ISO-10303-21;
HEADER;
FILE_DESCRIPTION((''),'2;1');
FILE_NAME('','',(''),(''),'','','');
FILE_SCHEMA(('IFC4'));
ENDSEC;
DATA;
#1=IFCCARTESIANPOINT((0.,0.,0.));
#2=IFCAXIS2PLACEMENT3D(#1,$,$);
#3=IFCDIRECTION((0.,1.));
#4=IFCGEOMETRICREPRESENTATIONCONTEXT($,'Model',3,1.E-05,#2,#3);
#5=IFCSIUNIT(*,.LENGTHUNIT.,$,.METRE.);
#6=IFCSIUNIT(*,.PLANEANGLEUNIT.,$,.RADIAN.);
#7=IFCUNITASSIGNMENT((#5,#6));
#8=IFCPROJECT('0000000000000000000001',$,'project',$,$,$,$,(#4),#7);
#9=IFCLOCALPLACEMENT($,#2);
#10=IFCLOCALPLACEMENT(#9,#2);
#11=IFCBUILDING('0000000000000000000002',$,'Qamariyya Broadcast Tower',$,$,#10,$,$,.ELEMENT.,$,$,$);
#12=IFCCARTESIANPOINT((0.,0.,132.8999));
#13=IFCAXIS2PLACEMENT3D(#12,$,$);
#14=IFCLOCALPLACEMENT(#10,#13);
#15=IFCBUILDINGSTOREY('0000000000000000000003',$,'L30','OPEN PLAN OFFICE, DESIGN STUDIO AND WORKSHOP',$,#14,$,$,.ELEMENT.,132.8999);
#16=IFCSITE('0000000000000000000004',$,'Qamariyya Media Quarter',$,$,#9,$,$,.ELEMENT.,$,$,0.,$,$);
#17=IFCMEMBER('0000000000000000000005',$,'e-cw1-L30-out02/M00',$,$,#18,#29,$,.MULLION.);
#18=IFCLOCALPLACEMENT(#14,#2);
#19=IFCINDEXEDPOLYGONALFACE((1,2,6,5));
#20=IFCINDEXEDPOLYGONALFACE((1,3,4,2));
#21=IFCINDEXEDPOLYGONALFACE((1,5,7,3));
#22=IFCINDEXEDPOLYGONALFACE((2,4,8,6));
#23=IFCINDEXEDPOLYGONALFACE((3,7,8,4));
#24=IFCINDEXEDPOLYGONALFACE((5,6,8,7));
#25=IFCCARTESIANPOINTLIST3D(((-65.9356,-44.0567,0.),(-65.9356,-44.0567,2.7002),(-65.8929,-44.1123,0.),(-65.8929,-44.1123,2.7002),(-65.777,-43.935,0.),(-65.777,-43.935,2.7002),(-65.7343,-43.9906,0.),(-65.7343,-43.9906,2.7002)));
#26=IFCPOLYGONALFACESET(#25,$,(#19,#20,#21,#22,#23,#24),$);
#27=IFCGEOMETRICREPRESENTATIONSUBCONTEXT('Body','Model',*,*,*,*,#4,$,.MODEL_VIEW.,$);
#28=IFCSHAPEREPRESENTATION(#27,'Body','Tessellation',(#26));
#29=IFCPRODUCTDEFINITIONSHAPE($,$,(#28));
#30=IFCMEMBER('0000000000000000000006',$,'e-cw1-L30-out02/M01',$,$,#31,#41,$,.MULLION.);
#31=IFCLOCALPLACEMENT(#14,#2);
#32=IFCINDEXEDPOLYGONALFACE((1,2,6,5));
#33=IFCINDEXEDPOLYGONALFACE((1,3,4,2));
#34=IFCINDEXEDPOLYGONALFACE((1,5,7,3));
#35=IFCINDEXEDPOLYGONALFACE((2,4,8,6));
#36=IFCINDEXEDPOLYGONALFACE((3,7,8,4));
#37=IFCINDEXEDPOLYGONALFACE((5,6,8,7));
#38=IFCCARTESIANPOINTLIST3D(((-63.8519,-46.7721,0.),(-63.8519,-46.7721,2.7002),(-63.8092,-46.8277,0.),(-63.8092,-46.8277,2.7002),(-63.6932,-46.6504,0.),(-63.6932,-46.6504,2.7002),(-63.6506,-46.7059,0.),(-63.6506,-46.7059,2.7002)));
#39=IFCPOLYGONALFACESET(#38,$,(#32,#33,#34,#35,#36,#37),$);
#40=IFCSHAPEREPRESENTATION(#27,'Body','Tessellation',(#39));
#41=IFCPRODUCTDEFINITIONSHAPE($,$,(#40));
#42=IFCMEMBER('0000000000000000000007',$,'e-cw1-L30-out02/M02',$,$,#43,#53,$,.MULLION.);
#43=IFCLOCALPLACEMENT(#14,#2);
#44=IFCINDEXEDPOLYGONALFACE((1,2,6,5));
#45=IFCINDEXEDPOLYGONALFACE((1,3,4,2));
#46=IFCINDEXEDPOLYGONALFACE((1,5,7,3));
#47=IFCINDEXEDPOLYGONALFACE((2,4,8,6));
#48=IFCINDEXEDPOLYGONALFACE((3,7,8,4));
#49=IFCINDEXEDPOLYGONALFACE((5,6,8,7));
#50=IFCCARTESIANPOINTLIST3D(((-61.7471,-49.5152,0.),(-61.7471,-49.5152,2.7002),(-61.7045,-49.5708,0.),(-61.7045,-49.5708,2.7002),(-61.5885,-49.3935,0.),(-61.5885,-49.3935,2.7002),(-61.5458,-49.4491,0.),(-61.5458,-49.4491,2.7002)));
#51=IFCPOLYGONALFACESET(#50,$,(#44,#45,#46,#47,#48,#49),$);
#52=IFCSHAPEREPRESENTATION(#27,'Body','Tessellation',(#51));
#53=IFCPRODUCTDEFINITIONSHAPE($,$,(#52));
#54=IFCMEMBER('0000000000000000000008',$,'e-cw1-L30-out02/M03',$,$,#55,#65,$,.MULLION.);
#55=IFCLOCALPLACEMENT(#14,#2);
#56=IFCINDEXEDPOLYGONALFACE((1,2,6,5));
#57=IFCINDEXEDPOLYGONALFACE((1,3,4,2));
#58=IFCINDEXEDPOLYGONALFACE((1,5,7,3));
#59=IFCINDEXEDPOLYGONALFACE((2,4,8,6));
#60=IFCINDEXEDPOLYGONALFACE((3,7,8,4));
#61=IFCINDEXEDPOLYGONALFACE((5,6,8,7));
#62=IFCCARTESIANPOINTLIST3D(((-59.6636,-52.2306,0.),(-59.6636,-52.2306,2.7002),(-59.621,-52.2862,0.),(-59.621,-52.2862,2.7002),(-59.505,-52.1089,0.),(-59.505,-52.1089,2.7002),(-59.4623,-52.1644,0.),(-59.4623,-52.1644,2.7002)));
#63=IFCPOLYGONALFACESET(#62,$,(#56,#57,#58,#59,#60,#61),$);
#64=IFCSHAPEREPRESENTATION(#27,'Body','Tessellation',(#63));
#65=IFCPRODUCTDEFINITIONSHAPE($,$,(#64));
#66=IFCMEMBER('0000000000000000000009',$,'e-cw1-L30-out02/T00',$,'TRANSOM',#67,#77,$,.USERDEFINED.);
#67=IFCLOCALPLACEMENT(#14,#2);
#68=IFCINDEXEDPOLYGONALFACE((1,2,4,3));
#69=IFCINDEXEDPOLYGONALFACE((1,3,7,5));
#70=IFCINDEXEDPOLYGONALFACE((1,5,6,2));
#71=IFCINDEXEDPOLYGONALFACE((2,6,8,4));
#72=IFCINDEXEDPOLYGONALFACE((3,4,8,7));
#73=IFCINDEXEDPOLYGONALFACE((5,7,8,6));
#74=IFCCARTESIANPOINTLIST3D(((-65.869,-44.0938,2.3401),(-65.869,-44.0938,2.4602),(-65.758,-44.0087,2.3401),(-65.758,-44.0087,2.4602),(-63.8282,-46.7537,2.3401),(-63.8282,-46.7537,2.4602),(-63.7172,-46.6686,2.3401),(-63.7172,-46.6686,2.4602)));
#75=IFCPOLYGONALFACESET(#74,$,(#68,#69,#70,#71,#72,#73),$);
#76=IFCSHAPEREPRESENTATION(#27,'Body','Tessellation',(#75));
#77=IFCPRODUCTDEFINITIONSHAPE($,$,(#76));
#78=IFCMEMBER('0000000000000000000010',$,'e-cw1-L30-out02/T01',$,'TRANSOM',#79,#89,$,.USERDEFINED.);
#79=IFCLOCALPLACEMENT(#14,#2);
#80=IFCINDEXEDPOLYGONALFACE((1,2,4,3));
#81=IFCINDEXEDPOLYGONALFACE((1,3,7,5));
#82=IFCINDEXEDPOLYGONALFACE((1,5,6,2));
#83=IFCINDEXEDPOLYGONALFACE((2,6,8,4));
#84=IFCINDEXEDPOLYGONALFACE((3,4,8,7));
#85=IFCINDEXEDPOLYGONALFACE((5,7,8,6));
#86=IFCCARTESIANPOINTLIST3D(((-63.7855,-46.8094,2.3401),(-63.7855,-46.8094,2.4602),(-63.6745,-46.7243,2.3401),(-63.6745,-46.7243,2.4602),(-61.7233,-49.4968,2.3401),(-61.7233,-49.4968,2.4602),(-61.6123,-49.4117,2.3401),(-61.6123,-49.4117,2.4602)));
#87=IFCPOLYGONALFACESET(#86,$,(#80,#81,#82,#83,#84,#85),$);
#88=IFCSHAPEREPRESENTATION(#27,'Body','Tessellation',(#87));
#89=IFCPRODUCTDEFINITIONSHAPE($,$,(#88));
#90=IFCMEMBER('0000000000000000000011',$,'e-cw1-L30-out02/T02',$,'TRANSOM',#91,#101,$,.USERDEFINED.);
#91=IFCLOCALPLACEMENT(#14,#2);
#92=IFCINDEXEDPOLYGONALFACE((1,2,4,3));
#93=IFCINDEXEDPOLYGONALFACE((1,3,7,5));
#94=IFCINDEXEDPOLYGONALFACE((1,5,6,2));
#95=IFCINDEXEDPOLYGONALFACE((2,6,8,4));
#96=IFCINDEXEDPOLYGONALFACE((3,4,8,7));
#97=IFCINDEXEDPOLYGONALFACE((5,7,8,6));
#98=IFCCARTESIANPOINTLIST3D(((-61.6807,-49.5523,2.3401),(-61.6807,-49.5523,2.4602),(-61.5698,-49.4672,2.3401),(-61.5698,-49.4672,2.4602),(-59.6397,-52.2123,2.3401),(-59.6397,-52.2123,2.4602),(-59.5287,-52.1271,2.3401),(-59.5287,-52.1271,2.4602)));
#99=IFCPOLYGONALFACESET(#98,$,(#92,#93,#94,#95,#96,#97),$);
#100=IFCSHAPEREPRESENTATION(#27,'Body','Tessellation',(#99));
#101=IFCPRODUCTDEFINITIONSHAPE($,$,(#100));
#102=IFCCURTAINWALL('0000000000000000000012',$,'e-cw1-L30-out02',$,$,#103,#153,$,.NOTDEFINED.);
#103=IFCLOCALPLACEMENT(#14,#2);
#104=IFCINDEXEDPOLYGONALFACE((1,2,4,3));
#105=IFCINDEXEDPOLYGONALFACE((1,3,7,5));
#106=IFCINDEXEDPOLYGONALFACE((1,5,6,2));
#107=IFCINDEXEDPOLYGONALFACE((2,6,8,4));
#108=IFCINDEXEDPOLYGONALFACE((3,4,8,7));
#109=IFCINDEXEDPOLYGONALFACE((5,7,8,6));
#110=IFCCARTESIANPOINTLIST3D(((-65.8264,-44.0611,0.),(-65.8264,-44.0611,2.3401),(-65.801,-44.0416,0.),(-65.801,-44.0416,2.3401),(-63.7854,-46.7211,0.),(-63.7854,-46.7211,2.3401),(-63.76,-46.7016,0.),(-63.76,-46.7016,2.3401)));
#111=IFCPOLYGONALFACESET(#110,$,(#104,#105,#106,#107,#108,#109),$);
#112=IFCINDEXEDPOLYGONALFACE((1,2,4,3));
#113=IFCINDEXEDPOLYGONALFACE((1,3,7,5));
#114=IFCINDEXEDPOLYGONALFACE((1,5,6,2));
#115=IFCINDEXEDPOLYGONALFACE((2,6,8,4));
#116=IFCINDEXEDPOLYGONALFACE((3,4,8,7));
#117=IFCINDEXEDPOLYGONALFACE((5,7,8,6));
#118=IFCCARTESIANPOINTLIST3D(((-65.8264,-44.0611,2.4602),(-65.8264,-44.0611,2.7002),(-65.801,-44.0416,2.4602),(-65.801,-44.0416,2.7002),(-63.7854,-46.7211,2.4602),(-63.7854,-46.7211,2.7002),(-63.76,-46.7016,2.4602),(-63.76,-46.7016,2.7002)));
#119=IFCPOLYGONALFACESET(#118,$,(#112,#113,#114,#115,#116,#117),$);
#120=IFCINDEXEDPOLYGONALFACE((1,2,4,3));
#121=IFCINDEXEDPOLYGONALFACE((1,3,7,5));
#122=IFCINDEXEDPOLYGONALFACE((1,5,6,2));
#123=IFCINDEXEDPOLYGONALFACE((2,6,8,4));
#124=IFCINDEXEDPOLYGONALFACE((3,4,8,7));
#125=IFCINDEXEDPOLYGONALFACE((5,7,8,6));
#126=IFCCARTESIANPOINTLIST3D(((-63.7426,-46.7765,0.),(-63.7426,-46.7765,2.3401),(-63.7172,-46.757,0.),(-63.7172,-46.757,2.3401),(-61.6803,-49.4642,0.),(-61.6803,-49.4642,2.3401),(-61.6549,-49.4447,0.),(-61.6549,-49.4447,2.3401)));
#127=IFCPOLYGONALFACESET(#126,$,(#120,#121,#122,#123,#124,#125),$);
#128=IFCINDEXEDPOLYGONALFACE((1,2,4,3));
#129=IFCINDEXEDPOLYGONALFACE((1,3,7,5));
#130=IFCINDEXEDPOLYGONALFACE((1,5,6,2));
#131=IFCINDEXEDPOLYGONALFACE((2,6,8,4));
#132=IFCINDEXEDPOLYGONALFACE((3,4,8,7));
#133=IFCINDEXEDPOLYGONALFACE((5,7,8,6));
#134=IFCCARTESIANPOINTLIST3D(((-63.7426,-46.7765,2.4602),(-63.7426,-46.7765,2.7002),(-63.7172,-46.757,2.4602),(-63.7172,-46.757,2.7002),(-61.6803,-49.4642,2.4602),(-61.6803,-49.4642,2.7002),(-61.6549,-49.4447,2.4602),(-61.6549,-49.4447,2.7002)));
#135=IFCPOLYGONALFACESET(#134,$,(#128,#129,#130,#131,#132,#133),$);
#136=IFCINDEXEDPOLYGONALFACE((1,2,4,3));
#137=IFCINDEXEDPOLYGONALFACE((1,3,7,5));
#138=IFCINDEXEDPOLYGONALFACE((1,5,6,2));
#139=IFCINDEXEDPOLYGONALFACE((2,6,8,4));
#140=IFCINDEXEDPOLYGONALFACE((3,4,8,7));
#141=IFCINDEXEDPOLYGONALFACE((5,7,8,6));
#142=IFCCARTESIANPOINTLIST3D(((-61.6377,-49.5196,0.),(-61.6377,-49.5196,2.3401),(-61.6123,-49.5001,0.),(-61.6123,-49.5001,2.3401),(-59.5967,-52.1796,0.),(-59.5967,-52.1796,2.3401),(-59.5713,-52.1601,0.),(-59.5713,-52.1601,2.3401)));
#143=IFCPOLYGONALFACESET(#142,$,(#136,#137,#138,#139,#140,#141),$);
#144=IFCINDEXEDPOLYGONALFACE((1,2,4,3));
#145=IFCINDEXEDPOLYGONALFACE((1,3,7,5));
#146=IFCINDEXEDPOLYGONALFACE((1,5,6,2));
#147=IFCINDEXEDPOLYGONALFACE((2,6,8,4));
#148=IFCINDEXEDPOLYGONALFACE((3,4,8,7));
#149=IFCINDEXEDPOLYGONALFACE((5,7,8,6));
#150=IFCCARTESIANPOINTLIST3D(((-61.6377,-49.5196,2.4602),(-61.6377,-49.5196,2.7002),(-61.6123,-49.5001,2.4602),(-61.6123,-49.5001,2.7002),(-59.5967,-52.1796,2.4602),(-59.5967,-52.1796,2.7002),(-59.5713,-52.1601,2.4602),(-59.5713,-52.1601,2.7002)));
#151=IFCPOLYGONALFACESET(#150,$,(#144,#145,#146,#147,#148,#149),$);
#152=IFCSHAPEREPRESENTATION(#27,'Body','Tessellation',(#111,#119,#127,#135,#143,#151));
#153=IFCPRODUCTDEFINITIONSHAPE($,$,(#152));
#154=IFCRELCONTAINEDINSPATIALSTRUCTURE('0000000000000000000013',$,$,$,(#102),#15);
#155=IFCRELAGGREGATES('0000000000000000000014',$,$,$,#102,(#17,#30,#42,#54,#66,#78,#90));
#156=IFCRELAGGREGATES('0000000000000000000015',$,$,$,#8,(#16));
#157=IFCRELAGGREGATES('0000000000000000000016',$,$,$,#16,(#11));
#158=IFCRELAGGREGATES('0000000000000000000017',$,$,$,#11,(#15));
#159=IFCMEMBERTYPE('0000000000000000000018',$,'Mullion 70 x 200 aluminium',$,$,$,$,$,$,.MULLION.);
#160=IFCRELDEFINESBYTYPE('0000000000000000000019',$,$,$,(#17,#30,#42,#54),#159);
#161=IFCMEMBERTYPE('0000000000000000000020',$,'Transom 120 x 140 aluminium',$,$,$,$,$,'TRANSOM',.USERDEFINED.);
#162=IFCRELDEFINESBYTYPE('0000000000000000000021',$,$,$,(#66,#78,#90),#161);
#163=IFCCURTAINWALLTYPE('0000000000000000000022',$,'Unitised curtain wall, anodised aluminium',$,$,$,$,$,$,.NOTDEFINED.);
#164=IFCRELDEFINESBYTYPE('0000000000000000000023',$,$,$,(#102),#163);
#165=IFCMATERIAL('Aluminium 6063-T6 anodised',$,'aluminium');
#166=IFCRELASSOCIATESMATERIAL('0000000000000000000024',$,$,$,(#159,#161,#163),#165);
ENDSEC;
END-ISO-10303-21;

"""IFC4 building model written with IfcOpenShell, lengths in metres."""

from ifc_helpers import new_model, si_unit, direction, frame, origin, origin_2d, place, context, subcontext, project, spatial, rectangle, extrude, material, material_profile, profile_set, type_object, element, aggregate, save


model = new_model("IFC4")

# Units and contexts
model_context = context("Model", 3, precision=1e-05, world=origin(), true_north=direction((0.0, 1.0)))
body_context = subcontext(model_context, "Body", "Model", "MODEL_VIEW")
ifc_project = project(units=[si_unit("LENGTHUNIT", "METRE"), si_unit("PLANEANGLEUNIT", "RADIAN")], contexts=[model_context])

# Members
ifc_material = material(Name="Aluminium 6063-T6 anodised", Category="aluminium")
ifc_material_profile_1 = material_profile(ifc_material, rectangle(XDim=0.2, YDim=0.0701, at=origin_2d()))
ifc_profile_set_1 = profile_set([ifc_material_profile_1], Name="Aluminium 6063-T6 anodised")
member_type_1 = type_object("IfcMemberType", Name="Mullion 70 x 200 aluminium", PredefinedType="MULLION", material=ifc_profile_set_1)
site_placement = place(None, origin())
building_placement = place(site_placement, origin())
storey_placement = place(building_placement, frame((0.0, 0.0, 132.8999)))
member_1_placement = place(storey_placement, frame((-65.835, -44.0237, 0.0), z_axis=(0.0, 0.0, 1.0), x_axis=(0.793353, 0.608761, 0.0)))
member_1 = element("IfcMember", 1, at=member_1_placement, type_object=member_type_1, Name="e-cw1-L30-out02/M00", PredefinedType="MULLION", context=body_context, shape_type="SweptSolid", body=[
    extrude(rectangle(XDim=0.2, YDim=0.0701, at=origin_2d()), origin(), (0.0, 0.0, 1.0), 2.7002),
])
member_2_placement = place(storey_placement, frame((-63.7512, -46.739, 0.0), z_axis=(0.0, 0.0, 1.0), x_axis=(0.793353, 0.608761, 0.0)))
member_2 = element("IfcMember", 2, at=member_2_placement, type_object=member_type_1, Name="e-cw1-L30-out02/M01", PredefinedType="MULLION", context=body_context, shape_type="SweptSolid", body=[
    extrude(rectangle(XDim=0.2, YDim=0.0701, at=origin_2d()), origin(), (0.0, 0.0, 1.0), 2.7002),
])
member_3_placement = place(storey_placement, frame((-61.6465, -49.4822, 0.0), z_axis=(0.0, 0.0, 1.0), x_axis=(0.793353, 0.608761, 0.0)))
member_3 = element("IfcMember", 3, at=member_3_placement, type_object=member_type_1, Name="e-cw1-L30-out02/M02", PredefinedType="MULLION", context=body_context, shape_type="SweptSolid", body=[
    extrude(rectangle(XDim=0.2, YDim=0.0701, at=origin_2d()), origin(), (0.0, 0.0, 1.0), 2.7002),
])
member_4_placement = place(storey_placement, frame((-59.563, -52.1975, 0.0), z_axis=(0.0, 0.0, 1.0), x_axis=(0.793353, 0.608761, 0.0)))
member_4 = element("IfcMember", 4, at=member_4_placement, type_object=member_type_1, Name="e-cw1-L30-out02/M03", PredefinedType="MULLION", context=body_context, shape_type="SweptSolid", body=[
    extrude(rectangle(XDim=0.2, YDim=0.0701, at=origin_2d()), origin(), (0.0, 0.0, 1.0), 2.7002),
])
ifc_material_profile_2 = material_profile(ifc_material, rectangle(XDim=0.1399, YDim=0.1201, at=origin_2d()))
ifc_profile_set_2 = profile_set([ifc_material_profile_2], Name="Aluminium 6063-T6 anodised")
member_type_2 = type_object("IfcMemberType", Name="Transom 120 x 140 aluminium", ElementType="TRANSOM", PredefinedType="USERDEFINED", material=ifc_profile_set_2)
member_5_placement = place(storey_placement, frame((-65.8135, -44.0513, 2.4001), z_axis=(0.608714, -0.793389, 0.0), x_axis=(0.793389, 0.608714, 0.0)))
member_5 = element("IfcMember", 5, at=member_5_placement, type_object=member_type_2, Name="e-cw1-L30-out02/T00", ObjectType="TRANSOM", PredefinedType="USERDEFINED", context=body_context, shape_type="SweptSolid", body=[
    extrude(rectangle(XDim=0.1399, YDim=0.1201, at=origin_2d()), origin(), (0.0, 0.0, 1.0), 3.3525),
])
member_6_placement = place(storey_placement, frame((-63.73, -46.7668, 2.4001), z_axis=(0.608773, -0.793344, 0.0), x_axis=(0.793344, 0.608773, 0.0)))
member_6 = element("IfcMember", 6, at=member_6_placement, type_object=member_type_2, Name="e-cw1-L30-out02/T01", ObjectType="TRANSOM", PredefinedType="USERDEFINED", context=body_context, shape_type="SweptSolid", body=[
    extrude(rectangle(XDim=0.1399, YDim=0.1201, at=origin_2d()), origin(), (0.0, 0.0, 1.0), 3.3875),
])
member_7_placement = place(storey_placement, frame((-61.6252, -49.5098, 2.4001), z_axis=(0.60876, -0.793354, 0.0), x_axis=(0.793354, 0.60876, 0.0)))
member_7 = element("IfcMember", 7, at=member_7_placement, type_object=member_type_2, Name="e-cw1-L30-out02/T02", ObjectType="TRANSOM", PredefinedType="USERDEFINED", context=body_context, shape_type="SweptSolid", body=[
    extrude(rectangle(XDim=0.1399, YDim=0.1201, at=origin_2d()), origin(), (0.0, 0.0, 1.0), 3.3528),
])

# Site, building, storey
site = spatial("IfcSite", under=ifc_project, at=site_placement, Name="Qamariyya Media Quarter", CompositionType="ELEMENT", RefElevation=0.0)
building = spatial("IfcBuilding", under=site, at=building_placement, Name="Qamariyya Broadcast Tower", CompositionType="ELEMENT")
storey = spatial("IfcBuildingStorey", under=building, at=storey_placement, Name="L30", Description="OPEN PLAN OFFICE, DESIGN STUDIO AND WORKSHOP", CompositionType="ELEMENT", Elevation=132.8999)

# Curtain wall
curtain_wall_type = type_object("IfcCurtainWallType", Name="Unitised curtain wall, anodised aluminium", PredefinedType="NOTDEFINED", material=ifc_material)
curtain_wall_1_placement = place(storey_placement, origin())
curtain_wall_1 = element("IfcCurtainWall", 8, at=curtain_wall_1_placement, inside=storey, type_object=curtain_wall_type, Name="e-cw1-L30-out02", PredefinedType="NOTDEFINED", context=body_context, shape_type="SweptSolid", body=[
    extrude(rectangle(XDim=3.3528, YDim=0.032, at=origin_2d()), frame((-64.7932, -45.3813, 0.0), x_axis=(0.608761, -0.793354, 0.0)), (0.0, 0.0, 1.0), 2.3401),
    extrude(rectangle(XDim=3.3528, YDim=0.032, at=origin_2d()), frame((-64.7932, -45.3813, 2.4602), x_axis=(0.608761, -0.793354, 0.0)), (0.0, 0.0, 1.0), 0.24),
    extrude(rectangle(XDim=3.3877, YDim=0.032, at=origin_2d()), frame((-62.6987, -48.1106, 0.0), x_axis=(0.608761, -0.793354, 0.0)), (0.0, 0.0, 1.0), 2.3401),
    extrude(rectangle(XDim=3.3877, YDim=0.032, at=origin_2d()), frame((-62.6987, -48.1106, 2.4602), x_axis=(0.608761, -0.793354, 0.0)), (0.0, 0.0, 1.0), 0.24),
    extrude(rectangle(XDim=3.3528, YDim=0.032, at=origin_2d()), frame((-60.6045, -50.8398, 0.0), x_axis=(0.608761, -0.793354, 0.0)), (0.0, 0.0, 1.0), 2.3401),
    extrude(rectangle(XDim=3.3528, YDim=0.032, at=origin_2d()), frame((-60.6045, -50.8398, 2.4602), x_axis=(0.608761, -0.793354, 0.0)), (0.0, 0.0, 1.0), 0.24),
])
aggregate(curtain_wall_1, [member_1, member_2, member_3, member_4, member_5, member_6, member_7])

save(model, "model.ifc")
